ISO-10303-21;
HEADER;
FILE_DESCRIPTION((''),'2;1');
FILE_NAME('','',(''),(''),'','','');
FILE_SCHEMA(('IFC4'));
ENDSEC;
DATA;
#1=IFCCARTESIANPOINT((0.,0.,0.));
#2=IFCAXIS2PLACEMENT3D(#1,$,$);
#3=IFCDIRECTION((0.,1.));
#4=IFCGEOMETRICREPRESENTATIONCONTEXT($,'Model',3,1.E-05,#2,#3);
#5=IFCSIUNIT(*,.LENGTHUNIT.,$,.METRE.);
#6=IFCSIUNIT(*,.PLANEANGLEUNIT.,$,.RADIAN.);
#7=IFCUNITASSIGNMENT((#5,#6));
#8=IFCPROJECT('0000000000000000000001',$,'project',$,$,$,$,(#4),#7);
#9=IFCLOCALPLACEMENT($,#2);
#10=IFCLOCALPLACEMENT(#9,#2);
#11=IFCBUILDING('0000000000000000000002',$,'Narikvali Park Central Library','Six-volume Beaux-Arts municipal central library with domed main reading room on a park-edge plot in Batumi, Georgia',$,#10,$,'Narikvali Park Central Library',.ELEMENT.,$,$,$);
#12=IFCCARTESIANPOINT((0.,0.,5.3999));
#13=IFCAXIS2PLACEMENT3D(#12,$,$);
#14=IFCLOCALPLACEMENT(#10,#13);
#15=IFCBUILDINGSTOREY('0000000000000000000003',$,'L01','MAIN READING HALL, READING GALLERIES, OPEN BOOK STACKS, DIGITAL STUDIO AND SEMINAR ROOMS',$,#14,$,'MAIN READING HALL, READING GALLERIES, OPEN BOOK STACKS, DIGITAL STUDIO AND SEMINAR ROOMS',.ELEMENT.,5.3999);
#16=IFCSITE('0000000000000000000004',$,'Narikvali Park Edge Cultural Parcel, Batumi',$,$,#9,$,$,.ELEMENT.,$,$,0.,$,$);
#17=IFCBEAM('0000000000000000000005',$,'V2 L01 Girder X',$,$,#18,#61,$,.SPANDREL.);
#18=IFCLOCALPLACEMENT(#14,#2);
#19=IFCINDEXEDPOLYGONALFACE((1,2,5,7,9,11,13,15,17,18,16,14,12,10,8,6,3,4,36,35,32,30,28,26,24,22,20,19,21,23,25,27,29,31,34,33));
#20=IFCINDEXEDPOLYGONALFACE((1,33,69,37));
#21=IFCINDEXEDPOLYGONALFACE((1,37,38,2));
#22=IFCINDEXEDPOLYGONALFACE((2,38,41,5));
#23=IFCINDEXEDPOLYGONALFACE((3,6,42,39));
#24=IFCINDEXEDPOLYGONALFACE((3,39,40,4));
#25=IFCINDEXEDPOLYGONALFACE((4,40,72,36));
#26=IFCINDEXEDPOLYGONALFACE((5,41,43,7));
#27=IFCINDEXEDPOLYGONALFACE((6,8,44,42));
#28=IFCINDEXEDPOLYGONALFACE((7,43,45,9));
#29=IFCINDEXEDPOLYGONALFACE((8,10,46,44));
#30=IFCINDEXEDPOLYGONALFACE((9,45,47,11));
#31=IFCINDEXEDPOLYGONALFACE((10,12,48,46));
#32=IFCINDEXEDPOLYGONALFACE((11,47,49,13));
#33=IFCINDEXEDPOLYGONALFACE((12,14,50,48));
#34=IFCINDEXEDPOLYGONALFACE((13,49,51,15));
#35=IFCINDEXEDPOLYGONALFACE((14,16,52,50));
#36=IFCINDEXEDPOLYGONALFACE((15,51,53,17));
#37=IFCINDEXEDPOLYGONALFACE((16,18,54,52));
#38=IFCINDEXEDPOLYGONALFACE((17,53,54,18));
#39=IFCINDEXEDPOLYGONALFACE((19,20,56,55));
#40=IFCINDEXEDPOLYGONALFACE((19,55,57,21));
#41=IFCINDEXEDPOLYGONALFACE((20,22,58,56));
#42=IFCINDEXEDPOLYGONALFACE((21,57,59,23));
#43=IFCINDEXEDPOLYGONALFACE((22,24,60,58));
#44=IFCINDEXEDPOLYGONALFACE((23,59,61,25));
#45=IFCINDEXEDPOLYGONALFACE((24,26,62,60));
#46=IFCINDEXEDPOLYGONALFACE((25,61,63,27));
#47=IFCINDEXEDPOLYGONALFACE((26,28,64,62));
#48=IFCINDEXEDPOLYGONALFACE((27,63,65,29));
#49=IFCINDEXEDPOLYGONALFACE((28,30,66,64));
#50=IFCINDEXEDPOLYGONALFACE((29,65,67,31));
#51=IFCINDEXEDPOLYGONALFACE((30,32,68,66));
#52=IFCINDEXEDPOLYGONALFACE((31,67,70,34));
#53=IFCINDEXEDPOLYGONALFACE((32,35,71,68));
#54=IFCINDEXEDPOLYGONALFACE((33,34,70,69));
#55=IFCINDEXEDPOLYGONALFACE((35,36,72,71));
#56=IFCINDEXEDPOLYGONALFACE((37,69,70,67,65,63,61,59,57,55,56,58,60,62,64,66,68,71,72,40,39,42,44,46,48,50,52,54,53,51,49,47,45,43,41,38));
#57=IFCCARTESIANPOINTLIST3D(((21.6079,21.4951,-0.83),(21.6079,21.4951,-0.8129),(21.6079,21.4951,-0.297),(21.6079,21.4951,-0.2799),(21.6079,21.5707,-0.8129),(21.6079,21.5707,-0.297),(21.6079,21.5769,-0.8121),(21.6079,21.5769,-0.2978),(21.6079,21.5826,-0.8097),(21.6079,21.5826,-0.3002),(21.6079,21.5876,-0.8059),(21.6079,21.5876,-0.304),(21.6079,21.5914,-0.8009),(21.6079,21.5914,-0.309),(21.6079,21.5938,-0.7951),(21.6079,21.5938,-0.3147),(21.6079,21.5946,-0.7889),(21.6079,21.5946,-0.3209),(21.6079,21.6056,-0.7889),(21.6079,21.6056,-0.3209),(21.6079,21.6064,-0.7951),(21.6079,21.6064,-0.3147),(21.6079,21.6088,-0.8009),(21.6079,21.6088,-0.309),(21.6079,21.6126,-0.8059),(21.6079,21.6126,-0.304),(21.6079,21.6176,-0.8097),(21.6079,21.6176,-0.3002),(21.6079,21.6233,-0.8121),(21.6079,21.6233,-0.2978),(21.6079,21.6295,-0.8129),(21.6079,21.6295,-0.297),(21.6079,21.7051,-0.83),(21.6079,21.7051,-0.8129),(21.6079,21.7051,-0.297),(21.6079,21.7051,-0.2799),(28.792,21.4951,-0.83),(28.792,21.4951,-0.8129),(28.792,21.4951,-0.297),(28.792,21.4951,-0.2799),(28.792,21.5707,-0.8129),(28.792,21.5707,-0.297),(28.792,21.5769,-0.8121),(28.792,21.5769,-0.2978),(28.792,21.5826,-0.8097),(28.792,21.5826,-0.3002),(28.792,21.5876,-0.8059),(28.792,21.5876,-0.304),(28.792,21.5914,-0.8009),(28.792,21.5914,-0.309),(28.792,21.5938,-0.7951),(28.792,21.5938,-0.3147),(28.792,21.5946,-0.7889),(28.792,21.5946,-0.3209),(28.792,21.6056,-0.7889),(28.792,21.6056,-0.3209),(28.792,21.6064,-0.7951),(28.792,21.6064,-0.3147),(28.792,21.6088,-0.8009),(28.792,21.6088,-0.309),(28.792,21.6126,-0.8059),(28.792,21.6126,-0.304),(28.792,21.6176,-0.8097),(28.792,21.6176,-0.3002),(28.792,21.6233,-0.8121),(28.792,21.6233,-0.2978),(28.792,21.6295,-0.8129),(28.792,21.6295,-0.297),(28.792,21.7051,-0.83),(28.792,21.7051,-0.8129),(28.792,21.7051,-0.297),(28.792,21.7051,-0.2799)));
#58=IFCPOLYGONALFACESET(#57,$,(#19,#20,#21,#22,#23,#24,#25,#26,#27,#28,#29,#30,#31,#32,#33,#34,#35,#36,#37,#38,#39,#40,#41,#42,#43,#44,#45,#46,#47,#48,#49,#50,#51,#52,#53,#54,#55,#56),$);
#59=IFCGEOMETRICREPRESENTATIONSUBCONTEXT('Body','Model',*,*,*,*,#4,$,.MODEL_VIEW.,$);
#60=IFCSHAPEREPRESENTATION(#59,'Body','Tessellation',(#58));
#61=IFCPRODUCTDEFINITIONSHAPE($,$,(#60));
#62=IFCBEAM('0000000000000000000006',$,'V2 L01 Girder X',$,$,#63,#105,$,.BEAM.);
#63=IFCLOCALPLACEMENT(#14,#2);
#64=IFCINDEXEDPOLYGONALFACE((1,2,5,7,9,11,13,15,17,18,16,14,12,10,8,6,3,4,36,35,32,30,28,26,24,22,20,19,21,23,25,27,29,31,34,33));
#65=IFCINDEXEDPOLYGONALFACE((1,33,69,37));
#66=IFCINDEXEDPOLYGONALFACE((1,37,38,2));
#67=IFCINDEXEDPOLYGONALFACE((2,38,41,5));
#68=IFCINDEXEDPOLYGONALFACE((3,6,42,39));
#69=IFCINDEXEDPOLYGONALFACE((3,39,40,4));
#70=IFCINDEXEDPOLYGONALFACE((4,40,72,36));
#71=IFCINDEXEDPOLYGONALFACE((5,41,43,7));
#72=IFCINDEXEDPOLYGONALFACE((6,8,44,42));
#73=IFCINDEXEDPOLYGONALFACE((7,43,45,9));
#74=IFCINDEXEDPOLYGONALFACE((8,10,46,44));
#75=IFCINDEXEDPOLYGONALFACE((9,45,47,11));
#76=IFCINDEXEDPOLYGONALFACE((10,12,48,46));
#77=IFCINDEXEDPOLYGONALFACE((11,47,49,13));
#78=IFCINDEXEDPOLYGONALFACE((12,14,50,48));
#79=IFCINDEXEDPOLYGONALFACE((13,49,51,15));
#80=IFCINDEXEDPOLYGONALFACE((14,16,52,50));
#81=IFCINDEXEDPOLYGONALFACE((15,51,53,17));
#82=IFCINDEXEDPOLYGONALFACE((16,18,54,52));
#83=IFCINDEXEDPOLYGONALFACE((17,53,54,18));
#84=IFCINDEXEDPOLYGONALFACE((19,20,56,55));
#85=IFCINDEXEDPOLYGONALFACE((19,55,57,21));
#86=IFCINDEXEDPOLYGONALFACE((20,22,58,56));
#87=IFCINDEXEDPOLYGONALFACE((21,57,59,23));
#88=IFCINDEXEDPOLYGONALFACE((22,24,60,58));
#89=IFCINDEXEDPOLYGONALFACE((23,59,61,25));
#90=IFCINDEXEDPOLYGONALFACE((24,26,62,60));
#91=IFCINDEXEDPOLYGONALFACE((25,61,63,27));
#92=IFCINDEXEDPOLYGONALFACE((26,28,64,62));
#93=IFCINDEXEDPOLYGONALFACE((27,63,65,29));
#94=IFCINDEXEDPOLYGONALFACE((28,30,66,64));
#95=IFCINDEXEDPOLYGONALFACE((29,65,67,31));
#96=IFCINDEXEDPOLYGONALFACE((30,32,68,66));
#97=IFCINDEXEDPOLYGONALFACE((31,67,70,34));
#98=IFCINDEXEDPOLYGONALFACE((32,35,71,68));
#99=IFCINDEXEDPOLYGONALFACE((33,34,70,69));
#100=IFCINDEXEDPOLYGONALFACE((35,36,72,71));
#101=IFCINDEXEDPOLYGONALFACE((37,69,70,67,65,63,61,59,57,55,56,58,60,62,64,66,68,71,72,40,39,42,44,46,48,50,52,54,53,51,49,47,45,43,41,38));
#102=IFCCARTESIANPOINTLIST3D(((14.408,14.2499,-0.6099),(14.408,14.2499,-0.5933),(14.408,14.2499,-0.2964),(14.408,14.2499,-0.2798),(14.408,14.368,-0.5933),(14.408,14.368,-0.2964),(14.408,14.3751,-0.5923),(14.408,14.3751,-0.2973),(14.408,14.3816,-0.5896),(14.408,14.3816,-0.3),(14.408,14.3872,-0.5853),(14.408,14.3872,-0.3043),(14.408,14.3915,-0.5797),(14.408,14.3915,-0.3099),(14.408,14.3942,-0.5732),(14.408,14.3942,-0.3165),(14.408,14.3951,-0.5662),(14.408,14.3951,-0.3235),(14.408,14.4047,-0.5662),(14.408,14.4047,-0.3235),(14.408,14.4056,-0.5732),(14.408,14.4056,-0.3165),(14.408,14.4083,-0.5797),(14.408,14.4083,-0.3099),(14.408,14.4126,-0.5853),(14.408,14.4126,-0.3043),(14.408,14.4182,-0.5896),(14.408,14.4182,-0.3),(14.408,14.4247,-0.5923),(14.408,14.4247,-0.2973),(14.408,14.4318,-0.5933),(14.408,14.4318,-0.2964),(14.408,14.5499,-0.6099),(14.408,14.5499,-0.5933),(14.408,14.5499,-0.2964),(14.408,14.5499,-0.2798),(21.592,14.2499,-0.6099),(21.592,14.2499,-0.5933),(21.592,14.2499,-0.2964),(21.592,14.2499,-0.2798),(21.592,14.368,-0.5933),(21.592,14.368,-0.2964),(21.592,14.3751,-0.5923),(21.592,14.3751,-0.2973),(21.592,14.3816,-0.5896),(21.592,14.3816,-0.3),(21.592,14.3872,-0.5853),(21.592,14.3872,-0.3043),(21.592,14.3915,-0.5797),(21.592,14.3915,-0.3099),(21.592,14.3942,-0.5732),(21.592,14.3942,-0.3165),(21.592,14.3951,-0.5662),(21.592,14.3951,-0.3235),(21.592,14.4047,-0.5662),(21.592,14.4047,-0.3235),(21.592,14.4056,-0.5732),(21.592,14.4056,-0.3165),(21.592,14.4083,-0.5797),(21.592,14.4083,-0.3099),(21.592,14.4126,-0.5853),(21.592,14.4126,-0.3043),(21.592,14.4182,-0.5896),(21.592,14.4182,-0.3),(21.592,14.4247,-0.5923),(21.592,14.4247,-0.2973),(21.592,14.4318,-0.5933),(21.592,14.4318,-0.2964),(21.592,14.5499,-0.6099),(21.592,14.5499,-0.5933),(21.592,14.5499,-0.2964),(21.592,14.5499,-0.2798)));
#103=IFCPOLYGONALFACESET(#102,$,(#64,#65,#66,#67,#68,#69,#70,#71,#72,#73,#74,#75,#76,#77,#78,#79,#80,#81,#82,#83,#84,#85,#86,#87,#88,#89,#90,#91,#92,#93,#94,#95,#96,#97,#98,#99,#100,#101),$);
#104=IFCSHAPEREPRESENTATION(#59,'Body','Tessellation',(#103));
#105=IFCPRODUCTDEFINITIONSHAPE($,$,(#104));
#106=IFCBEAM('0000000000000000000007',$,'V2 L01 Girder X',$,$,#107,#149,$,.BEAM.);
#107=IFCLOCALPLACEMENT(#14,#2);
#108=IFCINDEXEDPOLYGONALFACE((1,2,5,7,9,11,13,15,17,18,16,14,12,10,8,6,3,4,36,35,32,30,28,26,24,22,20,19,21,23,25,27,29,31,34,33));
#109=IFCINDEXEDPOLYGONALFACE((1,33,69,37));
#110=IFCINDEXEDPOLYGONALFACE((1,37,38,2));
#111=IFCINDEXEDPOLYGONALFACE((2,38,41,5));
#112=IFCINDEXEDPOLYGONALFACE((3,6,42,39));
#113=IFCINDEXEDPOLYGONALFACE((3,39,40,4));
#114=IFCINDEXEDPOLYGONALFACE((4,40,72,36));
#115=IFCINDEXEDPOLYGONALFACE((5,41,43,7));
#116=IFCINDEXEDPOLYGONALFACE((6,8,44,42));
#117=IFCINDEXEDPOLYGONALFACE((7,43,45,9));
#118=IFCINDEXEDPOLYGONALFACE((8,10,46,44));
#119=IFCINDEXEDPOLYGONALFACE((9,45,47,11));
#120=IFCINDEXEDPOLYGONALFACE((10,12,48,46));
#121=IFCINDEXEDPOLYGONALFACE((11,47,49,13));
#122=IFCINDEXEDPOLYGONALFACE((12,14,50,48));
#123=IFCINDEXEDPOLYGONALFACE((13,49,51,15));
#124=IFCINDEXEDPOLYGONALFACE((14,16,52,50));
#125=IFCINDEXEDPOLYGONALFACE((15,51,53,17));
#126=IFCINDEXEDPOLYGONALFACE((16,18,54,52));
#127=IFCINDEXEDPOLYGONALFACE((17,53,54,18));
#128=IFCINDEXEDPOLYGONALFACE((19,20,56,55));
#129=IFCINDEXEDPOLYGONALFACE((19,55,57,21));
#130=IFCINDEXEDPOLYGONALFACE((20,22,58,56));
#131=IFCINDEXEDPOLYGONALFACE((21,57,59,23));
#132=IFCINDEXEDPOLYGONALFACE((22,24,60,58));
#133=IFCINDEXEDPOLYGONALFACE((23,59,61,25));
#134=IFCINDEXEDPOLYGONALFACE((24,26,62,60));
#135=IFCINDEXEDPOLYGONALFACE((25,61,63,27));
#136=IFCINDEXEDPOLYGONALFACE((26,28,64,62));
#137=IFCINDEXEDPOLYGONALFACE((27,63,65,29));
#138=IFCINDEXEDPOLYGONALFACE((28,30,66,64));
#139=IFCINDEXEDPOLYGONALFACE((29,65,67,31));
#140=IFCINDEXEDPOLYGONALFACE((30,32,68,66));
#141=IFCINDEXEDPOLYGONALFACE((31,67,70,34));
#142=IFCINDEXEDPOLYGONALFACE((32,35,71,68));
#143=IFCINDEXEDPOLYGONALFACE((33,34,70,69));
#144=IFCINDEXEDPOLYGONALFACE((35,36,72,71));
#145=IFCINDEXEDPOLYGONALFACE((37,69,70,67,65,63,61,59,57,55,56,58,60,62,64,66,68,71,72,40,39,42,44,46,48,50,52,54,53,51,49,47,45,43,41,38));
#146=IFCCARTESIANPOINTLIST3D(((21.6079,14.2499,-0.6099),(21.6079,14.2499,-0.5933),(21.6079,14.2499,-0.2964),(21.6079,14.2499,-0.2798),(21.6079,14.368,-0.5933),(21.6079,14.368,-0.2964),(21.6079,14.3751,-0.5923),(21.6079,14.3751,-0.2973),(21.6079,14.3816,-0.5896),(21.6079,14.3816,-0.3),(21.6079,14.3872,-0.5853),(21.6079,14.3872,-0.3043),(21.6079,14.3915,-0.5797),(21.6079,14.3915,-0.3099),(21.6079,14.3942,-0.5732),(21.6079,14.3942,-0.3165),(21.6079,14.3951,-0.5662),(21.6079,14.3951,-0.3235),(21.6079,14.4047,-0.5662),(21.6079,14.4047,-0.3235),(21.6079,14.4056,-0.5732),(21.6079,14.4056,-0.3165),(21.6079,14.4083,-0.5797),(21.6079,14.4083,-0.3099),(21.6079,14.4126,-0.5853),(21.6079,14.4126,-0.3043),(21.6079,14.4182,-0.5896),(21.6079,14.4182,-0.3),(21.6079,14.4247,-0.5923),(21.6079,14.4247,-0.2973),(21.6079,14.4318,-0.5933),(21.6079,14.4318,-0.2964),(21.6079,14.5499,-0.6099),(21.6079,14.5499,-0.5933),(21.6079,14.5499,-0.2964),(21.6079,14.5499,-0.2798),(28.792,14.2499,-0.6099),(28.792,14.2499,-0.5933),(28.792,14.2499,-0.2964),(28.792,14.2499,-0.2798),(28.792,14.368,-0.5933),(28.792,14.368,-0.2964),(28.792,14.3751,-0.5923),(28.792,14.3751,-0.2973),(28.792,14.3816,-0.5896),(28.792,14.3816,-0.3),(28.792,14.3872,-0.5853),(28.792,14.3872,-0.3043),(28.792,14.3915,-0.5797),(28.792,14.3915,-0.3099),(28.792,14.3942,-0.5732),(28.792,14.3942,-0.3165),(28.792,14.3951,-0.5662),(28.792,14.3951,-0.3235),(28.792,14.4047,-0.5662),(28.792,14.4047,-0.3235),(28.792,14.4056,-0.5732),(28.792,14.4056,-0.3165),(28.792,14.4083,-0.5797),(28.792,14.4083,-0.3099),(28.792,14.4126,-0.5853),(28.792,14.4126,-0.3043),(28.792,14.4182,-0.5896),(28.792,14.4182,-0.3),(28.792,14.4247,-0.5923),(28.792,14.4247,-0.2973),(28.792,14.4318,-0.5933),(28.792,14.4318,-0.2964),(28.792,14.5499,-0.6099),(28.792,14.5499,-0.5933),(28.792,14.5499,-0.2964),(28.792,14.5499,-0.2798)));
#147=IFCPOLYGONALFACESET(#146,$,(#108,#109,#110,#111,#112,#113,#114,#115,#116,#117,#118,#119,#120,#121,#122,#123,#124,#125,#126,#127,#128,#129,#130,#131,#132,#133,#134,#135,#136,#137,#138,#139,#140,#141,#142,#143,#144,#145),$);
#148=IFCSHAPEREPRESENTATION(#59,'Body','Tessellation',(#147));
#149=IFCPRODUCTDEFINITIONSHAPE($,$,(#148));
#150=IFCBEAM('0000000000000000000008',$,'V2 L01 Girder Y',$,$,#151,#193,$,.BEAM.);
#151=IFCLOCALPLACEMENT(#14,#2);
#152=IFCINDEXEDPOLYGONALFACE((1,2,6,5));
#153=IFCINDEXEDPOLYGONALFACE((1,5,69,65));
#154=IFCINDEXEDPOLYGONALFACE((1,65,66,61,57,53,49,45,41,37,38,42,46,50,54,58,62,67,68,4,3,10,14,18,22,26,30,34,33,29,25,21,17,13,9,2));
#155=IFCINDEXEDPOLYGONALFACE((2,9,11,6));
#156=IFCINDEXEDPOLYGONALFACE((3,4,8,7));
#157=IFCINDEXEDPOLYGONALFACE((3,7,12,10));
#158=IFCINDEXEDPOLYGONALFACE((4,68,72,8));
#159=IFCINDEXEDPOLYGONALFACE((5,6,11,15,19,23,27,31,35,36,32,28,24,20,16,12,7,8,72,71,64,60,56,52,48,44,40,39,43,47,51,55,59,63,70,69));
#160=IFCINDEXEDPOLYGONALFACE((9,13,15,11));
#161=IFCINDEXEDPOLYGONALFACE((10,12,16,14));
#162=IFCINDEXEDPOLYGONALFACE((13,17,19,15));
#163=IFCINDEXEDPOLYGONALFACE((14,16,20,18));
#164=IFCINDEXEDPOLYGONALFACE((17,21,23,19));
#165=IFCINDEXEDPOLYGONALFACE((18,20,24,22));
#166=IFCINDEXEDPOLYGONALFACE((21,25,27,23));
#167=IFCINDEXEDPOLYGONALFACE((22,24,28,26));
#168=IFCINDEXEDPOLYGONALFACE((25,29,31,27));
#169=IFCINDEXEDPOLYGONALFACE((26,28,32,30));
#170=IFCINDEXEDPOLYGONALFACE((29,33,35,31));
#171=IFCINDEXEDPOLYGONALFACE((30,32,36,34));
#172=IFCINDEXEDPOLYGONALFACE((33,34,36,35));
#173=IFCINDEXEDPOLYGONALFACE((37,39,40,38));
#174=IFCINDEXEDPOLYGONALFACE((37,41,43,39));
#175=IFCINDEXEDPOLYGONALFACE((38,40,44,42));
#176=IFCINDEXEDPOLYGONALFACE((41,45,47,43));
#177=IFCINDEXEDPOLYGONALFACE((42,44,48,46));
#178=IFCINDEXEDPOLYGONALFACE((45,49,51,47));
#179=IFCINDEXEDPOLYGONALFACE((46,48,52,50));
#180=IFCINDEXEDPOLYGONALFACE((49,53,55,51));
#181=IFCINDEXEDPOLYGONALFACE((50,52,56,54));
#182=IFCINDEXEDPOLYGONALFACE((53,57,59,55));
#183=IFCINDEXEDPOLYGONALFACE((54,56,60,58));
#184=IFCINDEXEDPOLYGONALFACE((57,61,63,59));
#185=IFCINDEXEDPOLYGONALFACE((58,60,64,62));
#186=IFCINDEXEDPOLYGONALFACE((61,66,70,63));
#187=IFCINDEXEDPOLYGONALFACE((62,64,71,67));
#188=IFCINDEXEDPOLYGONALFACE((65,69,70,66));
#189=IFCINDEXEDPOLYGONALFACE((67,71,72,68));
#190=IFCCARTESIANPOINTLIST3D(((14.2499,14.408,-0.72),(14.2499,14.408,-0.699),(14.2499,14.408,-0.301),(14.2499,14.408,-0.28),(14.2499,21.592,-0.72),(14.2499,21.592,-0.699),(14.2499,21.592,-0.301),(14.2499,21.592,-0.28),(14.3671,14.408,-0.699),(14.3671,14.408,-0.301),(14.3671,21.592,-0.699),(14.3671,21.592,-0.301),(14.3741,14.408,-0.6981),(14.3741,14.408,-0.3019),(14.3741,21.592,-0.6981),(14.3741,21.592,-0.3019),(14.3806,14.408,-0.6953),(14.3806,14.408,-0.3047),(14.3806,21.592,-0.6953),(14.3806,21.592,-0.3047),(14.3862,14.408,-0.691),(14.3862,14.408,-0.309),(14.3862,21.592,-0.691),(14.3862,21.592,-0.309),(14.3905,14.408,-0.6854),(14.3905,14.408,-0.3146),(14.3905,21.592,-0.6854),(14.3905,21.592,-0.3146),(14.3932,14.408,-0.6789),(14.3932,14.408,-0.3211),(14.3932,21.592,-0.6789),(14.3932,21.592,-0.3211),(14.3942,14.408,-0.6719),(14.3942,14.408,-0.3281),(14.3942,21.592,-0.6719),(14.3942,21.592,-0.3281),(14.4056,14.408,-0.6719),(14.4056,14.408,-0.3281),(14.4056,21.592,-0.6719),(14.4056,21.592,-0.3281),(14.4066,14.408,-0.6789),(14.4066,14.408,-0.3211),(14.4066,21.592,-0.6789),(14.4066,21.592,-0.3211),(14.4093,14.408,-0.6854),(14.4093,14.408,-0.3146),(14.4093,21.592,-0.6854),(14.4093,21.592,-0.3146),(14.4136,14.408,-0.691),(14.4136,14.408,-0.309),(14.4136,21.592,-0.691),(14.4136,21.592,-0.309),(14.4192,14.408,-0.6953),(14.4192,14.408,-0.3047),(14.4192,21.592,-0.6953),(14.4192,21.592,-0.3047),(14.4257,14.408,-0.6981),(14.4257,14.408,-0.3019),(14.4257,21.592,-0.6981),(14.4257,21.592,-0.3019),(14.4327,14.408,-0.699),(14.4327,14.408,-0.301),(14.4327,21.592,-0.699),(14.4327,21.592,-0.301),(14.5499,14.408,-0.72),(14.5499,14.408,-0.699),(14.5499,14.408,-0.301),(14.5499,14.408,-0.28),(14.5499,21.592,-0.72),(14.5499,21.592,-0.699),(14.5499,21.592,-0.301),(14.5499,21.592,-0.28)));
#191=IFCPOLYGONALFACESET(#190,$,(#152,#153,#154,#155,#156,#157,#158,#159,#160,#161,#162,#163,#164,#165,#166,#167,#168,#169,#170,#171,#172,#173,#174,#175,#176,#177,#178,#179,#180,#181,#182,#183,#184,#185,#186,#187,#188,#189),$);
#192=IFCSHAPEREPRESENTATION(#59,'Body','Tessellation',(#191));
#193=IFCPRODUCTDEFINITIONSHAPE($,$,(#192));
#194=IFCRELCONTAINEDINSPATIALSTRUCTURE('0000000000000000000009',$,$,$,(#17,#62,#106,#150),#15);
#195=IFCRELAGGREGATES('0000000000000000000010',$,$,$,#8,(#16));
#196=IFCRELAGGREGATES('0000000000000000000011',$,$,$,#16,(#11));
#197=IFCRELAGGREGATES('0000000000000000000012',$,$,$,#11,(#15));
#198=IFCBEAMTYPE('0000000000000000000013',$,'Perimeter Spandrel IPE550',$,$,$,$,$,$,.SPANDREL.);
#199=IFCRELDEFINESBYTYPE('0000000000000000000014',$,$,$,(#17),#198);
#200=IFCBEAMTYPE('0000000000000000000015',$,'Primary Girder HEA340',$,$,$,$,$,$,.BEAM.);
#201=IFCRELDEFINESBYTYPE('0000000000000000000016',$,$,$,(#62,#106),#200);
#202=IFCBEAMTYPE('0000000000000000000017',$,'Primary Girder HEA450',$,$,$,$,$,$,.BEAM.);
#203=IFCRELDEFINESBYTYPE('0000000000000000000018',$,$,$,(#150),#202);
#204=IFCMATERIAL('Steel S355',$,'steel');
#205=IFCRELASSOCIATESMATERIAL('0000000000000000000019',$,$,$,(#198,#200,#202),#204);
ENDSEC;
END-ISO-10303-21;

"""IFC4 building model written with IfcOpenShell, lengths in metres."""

from ifc_helpers import new_model, si_unit, direction, frame, origin, origin_2d, place, context, subcontext, project, spatial, i_section, extrude, material, material_profile, profile_set, type_object, element, save


model = new_model("IFC4")

# Units and contexts
model_context = context("Model", 3, precision=1e-05, world=origin(), true_north=direction((0.0, 1.0)))
body_context = subcontext(model_context, "Body", "Model", "MODEL_VIEW")
ifc_project = project(units=[si_unit("LENGTHUNIT", "METRE"), si_unit("PLANEANGLEUNIT", "RADIAN")], contexts=[model_context])

# Site, building, storey
site_placement = place(None, origin())
site = spatial("IfcSite", under=ifc_project, at=site_placement, Name="Narikvali Park Edge Cultural Parcel, Batumi", CompositionType="ELEMENT", RefElevation=0.0)
building_placement = place(site_placement, origin())
building = spatial("IfcBuilding", under=site, at=building_placement, Name="Narikvali Park Central Library", Description="Six-volume Beaux-Arts municipal central library with domed main reading room on a park-edge plot in Batumi, Georgia", LongName="Narikvali Park Central Library", CompositionType="ELEMENT")
storey_placement = place(building_placement, frame((0.0, 0.0, 5.3999)))
storey = spatial("IfcBuildingStorey", under=building, at=storey_placement, Name="L01", Description="MAIN READING HALL, READING GALLERIES, OPEN BOOK STACKS, DIGITAL STUDIO AND SEMINAR ROOMS", LongName="MAIN READING HALL, READING GALLERIES, OPEN BOOK STACKS, DIGITAL STUDIO AND SEMINAR ROOMS", CompositionType="ELEMENT", Elevation=5.3999)

# Shared definitions
ifc_material_1 = material(Name="Steel S355", Category="steel")

# Beams
ifc_material_profile_1 = material_profile(ifc_material_1, i_section(OverallWidth=0.21, OverallDepth=0.55, WebThickness=0.011, FlangeThickness=0.0171, FilletRadius=0.0239, at=origin_2d()), Name="IPE 550")
ifc_profile_set_1 = profile_set([ifc_material_profile_1], Name="Steel S355")
beam_type_1 = type_object("IfcBeamType", Name="Perimeter Spandrel IPE550", PredefinedType="SPANDREL", material=ifc_profile_set_1)
for number, where, z_axis, x_axis, name in (
    (1, (21.6079, 21.6001, -0.5549), (1.0, 0.0, 0.0), (0.0, 1.0, 0.0), "V2 L01 Girder X"),
):
    element("IfcBeam", number, at=place(storey_placement, frame(where, z_axis=z_axis, x_axis=x_axis)), inside=storey, type_object=beam_type_1, Name=name, PredefinedType="SPANDREL", context=body_context, shape_type="SweptSolid", body=[
        extrude(i_section(OverallWidth=0.21, OverallDepth=0.55, WebThickness=0.011, FlangeThickness=0.0171, FilletRadius=0.0239, at=origin_2d()), origin(), (0.0, 0.0, 1.0), 7.1841),
    ])
ifc_material_profile_2 = material_profile(ifc_material_1, i_section(OverallWidth=0.3, OverallDepth=0.3301, WebThickness=0.0095, FlangeThickness=0.0166, FilletRadius=0.0271, at=origin_2d()), Name="HEA 340")
ifc_profile_set_2 = profile_set([ifc_material_profile_2], Name="Steel S355")
beam_type_2 = type_object("IfcBeamType", Name="Primary Girder HEA340", PredefinedType="BEAM", material=ifc_profile_set_2)
for number, where, z_axis, x_axis, name in (
    (2, (14.408, 14.3999, -0.4448), (1.0, 0.0, 0.0), (0.0, 1.0, 0.0), "V2 L01 Girder X"),
    (3, (21.6079, 14.3999, -0.4448), (1.0, 0.0, 0.0), (0.0, 1.0, 0.0), "V2 L01 Girder X"),
):
    element("IfcBeam", number, at=place(storey_placement, frame(where, z_axis=z_axis, x_axis=x_axis)), inside=storey, type_object=beam_type_2, Name=name, PredefinedType="BEAM", context=body_context, shape_type="SweptSolid", body=[
        extrude(i_section(OverallWidth=0.3, OverallDepth=0.3301, WebThickness=0.0095, FlangeThickness=0.0166, FilletRadius=0.0271, at=origin_2d()), origin(), (0.0, 0.0, 1.0), 7.1841),
    ])
ifc_material_profile_3 = material_profile(ifc_material_1, i_section(OverallWidth=0.3, OverallDepth=0.4399, WebThickness=0.0115, FlangeThickness=0.021, FilletRadius=0.0271, at=origin_2d()), Name="HEA 450")
ifc_profile_set_3 = profile_set([ifc_material_profile_3], Name="Steel S355")
beam_type_3 = type_object("IfcBeamType", Name="Primary Girder HEA450", PredefinedType="BEAM", material=ifc_profile_set_3)
for number, where, z_axis, x_axis, name in (
    (4, (14.3999, 14.408, -0.5), (0.0, 1.0, 0.0), (-1.0, 0.0, 0.0), "V2 L01 Girder Y"),
):
    element("IfcBeam", number, at=place(storey_placement, frame(where, z_axis=z_axis, x_axis=x_axis)), inside=storey, type_object=beam_type_3, Name=name, PredefinedType="BEAM", context=body_context, shape_type="SweptSolid", body=[
        extrude(i_section(OverallWidth=0.3, OverallDepth=0.4399, WebThickness=0.0115, FlangeThickness=0.021, FilletRadius=0.0271, at=origin_2d()), origin(), (0.0, 0.0, 1.0), 7.1841),
    ])

save(model, "model.ifc")
